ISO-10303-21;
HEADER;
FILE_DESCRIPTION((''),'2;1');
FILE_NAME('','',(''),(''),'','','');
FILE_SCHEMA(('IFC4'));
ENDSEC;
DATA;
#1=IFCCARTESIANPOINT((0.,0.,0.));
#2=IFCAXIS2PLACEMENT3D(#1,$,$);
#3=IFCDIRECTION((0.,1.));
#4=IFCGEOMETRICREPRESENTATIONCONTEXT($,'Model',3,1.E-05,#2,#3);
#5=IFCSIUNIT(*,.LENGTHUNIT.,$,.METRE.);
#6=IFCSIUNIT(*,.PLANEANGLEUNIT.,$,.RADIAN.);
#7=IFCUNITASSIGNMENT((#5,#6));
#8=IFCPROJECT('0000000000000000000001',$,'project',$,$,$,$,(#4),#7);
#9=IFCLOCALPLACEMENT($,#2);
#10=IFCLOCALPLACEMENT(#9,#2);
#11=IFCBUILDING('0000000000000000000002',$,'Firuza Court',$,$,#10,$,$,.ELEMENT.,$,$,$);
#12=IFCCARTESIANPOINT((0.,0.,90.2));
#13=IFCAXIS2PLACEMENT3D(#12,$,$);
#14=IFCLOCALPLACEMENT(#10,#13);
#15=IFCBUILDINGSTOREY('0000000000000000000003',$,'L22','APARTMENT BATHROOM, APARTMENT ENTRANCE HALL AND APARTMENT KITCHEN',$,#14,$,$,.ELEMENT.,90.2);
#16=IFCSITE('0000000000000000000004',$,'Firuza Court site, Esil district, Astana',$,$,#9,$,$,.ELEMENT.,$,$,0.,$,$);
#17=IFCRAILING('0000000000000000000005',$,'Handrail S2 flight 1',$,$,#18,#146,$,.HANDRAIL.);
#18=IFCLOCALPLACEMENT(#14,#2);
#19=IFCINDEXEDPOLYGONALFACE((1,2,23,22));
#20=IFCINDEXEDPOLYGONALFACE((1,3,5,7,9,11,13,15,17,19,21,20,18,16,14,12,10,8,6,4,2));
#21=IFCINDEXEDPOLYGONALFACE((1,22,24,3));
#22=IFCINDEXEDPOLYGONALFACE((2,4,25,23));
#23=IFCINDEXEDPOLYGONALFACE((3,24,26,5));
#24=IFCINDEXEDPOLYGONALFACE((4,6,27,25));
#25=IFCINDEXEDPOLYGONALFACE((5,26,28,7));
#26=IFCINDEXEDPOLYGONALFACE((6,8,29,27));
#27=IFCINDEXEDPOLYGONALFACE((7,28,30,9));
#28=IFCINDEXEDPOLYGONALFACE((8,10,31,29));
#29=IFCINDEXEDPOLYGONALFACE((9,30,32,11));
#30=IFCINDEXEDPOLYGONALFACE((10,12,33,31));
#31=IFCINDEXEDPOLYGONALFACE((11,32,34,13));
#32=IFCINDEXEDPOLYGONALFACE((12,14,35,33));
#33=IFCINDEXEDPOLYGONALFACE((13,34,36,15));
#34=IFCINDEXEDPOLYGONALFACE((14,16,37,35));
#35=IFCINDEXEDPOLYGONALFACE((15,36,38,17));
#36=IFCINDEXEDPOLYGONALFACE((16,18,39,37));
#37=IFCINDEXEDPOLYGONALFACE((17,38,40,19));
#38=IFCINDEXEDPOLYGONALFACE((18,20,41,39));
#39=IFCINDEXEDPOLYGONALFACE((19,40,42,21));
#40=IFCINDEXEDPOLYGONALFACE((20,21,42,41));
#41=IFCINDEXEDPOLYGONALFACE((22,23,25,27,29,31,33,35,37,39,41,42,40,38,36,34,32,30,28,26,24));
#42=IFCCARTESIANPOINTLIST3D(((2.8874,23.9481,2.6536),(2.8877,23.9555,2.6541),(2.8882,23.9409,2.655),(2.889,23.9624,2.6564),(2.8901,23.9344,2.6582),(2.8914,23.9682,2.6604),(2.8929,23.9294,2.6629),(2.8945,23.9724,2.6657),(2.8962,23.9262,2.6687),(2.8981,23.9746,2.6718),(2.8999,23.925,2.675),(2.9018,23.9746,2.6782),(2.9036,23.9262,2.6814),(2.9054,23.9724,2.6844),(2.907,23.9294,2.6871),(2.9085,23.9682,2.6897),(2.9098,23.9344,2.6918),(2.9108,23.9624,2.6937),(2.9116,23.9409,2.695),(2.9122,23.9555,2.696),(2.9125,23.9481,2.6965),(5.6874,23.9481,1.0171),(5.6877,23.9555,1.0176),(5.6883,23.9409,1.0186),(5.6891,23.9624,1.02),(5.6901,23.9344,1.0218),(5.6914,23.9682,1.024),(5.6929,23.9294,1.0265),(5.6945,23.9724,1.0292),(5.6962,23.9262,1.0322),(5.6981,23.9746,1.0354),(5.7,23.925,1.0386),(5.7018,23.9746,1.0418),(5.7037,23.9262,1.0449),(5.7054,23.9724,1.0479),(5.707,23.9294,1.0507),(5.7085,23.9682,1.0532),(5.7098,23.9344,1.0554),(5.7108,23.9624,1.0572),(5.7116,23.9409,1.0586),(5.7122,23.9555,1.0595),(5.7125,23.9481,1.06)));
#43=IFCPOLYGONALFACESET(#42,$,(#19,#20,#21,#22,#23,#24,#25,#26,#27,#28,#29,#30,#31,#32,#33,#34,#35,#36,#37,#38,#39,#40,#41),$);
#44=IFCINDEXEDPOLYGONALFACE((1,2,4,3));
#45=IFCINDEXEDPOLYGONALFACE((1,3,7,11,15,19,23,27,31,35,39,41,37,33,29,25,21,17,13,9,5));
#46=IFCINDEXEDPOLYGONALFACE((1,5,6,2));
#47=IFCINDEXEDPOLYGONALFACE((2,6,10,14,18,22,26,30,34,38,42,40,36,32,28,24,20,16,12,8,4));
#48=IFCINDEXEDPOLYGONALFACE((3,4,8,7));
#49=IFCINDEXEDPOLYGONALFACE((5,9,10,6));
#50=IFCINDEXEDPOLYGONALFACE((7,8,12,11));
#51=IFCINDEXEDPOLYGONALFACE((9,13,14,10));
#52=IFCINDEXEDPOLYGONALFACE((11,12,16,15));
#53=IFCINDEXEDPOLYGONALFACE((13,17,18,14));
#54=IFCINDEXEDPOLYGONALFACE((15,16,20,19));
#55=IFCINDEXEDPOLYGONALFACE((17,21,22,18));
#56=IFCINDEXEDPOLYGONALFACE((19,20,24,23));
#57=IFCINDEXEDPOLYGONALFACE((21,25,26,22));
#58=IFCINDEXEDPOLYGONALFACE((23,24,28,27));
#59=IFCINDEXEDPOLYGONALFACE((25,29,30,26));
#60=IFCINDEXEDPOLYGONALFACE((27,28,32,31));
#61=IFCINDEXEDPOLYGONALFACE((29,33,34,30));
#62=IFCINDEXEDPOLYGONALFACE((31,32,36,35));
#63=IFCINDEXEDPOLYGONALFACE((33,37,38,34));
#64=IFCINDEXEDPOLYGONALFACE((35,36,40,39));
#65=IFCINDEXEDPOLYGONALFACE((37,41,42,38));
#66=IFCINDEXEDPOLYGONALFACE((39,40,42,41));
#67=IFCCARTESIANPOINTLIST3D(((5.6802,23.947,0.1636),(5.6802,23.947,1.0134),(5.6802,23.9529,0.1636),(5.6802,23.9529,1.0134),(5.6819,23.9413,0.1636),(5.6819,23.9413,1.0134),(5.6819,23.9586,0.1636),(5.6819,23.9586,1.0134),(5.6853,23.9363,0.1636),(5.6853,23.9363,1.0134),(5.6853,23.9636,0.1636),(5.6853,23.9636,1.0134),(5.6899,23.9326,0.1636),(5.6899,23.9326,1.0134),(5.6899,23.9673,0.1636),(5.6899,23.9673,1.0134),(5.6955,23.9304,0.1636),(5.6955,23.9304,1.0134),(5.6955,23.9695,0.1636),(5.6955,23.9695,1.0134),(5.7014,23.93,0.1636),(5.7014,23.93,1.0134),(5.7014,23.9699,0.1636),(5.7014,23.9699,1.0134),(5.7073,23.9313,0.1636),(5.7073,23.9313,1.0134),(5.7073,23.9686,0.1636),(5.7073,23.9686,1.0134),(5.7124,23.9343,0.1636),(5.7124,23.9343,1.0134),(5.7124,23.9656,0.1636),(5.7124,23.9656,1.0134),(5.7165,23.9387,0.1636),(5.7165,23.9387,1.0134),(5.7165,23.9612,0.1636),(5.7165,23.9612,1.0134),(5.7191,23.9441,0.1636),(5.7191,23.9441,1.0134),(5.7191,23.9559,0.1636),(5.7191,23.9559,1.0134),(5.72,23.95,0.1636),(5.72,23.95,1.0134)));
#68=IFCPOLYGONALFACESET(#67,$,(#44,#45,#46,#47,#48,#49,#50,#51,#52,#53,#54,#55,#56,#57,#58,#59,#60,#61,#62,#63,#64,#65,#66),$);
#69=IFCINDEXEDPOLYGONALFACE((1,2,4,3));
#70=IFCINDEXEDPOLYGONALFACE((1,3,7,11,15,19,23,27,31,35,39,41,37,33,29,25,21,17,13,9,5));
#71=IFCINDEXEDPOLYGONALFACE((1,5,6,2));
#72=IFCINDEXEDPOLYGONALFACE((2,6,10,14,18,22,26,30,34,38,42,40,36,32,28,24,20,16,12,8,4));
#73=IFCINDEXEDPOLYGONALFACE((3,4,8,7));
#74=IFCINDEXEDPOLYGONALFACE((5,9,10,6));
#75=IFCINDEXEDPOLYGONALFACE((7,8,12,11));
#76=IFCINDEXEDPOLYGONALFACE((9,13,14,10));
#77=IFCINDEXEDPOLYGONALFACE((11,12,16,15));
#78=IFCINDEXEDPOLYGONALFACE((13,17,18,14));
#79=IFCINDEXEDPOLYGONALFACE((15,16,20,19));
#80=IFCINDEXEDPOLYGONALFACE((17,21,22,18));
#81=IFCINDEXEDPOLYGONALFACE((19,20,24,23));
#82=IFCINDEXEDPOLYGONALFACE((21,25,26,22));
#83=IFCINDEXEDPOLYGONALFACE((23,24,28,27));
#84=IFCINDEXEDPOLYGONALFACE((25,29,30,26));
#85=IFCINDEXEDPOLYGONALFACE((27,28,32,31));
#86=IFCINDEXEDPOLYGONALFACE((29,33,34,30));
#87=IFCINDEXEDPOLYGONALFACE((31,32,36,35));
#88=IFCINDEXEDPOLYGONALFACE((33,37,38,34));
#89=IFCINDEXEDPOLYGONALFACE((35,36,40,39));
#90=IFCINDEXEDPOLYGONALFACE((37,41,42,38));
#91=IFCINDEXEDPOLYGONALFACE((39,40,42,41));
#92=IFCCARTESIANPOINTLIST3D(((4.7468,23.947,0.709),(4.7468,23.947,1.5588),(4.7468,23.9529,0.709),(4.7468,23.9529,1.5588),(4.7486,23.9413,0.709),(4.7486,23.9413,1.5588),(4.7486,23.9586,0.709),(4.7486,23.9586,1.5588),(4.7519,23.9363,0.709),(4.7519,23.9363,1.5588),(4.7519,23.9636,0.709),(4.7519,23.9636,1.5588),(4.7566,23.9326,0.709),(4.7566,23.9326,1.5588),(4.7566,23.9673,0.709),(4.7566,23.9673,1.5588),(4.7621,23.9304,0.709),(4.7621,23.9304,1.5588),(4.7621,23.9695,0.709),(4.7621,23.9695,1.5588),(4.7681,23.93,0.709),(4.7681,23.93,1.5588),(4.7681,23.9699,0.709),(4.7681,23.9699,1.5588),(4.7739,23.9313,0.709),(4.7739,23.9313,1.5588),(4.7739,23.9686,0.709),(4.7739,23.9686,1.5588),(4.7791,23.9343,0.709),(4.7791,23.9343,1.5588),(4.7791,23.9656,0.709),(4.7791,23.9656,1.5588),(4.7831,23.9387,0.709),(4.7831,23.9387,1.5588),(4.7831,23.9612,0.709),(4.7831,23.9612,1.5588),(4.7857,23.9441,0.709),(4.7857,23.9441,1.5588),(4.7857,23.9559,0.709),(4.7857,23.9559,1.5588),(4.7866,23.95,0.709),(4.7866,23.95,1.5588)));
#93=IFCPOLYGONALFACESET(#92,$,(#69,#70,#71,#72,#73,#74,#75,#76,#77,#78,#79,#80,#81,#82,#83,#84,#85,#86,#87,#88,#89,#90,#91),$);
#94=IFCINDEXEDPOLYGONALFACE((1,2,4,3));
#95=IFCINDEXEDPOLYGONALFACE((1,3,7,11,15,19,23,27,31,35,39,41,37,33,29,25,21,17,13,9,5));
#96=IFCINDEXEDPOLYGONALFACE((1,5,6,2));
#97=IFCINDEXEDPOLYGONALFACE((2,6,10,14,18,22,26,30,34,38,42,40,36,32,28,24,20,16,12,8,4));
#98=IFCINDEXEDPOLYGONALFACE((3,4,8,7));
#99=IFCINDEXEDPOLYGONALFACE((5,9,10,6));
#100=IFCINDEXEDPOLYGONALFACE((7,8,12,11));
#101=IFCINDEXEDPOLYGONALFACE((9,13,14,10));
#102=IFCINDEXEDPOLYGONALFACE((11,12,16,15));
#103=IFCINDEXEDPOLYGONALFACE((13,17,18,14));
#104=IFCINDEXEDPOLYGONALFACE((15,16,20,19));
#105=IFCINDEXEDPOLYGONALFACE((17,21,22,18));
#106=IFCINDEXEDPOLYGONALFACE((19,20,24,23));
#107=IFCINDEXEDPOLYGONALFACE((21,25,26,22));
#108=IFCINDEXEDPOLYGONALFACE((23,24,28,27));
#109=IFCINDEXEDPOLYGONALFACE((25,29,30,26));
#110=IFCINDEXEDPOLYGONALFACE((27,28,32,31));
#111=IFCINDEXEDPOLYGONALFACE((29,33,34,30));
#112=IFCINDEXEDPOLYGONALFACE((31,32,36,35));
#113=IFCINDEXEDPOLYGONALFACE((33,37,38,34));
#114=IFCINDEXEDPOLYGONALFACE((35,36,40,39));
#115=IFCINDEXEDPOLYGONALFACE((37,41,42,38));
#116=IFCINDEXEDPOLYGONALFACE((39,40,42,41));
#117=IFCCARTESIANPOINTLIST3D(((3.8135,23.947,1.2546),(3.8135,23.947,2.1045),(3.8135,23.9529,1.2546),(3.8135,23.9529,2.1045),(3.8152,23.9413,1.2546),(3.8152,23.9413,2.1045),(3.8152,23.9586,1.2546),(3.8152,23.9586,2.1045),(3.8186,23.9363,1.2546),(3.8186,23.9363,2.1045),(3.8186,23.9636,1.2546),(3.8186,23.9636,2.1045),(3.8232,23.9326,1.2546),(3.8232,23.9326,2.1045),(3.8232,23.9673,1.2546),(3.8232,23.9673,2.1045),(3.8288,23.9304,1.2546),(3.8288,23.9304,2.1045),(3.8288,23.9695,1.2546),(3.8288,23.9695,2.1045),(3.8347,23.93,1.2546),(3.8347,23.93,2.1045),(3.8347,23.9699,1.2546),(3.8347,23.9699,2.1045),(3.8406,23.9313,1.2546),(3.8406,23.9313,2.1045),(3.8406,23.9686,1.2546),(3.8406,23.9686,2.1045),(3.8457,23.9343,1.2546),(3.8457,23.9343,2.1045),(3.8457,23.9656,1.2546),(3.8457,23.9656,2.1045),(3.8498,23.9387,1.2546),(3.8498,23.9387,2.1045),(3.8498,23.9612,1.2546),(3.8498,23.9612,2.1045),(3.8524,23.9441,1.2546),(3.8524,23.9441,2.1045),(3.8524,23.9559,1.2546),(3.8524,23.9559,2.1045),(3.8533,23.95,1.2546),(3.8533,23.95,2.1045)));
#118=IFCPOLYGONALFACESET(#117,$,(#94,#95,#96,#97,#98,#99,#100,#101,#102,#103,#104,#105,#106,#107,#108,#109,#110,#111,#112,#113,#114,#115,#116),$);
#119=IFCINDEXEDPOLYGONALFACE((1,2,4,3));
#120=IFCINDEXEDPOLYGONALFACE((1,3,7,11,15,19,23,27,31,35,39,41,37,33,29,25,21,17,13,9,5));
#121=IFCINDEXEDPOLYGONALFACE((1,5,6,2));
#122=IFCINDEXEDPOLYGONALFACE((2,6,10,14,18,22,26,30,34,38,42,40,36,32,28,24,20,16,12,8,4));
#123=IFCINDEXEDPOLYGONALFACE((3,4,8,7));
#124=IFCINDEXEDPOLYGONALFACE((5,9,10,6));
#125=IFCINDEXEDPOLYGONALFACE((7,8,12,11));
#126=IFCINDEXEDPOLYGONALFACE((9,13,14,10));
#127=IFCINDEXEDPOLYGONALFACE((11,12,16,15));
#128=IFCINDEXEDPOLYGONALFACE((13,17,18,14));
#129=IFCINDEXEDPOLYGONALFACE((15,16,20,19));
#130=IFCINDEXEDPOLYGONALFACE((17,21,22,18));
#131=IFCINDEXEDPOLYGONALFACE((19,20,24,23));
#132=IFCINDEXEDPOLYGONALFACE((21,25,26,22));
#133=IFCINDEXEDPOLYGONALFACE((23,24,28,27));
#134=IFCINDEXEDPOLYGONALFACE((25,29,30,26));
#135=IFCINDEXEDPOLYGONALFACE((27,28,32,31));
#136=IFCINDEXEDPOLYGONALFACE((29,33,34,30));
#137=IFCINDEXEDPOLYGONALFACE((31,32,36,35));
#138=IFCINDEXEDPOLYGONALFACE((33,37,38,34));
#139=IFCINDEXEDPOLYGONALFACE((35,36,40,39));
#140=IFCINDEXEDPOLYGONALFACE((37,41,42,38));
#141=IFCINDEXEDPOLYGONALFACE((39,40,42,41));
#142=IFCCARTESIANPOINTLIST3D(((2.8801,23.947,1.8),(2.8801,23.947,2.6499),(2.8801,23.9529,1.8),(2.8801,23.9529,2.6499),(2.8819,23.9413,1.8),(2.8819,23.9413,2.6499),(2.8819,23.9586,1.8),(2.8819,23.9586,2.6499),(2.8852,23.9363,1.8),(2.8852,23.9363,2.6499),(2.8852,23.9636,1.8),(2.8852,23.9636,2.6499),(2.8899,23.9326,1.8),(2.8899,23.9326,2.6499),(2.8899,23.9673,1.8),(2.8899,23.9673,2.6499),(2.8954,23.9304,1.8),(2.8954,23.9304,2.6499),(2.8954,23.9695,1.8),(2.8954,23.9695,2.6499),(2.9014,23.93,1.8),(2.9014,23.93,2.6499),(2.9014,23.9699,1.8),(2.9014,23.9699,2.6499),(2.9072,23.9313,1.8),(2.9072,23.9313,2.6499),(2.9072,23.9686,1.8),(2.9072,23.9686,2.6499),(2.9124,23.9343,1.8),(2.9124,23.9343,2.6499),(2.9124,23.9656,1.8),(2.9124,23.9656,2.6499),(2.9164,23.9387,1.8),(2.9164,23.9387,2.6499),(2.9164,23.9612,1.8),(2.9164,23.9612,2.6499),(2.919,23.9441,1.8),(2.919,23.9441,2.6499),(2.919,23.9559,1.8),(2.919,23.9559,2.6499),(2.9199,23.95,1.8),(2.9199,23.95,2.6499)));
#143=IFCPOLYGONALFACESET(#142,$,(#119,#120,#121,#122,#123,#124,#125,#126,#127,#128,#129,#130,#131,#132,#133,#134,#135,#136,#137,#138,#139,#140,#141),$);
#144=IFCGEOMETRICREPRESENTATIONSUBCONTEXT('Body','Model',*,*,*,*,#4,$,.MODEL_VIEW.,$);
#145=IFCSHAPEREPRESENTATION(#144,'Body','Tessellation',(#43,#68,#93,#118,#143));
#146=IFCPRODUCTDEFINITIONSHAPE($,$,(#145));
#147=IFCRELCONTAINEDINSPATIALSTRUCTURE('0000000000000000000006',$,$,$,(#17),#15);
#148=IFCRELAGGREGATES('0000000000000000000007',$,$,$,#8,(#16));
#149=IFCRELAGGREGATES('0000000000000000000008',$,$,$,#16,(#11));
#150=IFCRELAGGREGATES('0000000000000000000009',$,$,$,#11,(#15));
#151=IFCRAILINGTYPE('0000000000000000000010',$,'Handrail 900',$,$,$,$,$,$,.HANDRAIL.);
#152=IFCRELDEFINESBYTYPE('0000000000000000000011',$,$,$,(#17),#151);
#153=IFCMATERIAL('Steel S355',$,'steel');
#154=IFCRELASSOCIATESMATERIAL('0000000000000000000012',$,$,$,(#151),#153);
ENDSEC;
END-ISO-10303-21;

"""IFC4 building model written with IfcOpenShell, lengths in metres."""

from ifc_helpers import new_model, si_unit, direction, frame, origin, origin_2d, place, context, subcontext, project, spatial, circle, extrude, material, type_object, element, save


model = new_model("IFC4")

# Units and contexts
model_context = context("Model", 3, precision=1e-05, world=origin(), true_north=direction((0.0, 1.0)))
body_context = subcontext(model_context, "Body", "Model", "MODEL_VIEW")
ifc_project = project(units=[si_unit("LENGTHUNIT", "METRE"), si_unit("PLANEANGLEUNIT", "RADIAN")], contexts=[model_context])

# Site, building, storey
site_placement = place(None, origin())
site = spatial("IfcSite", under=ifc_project, at=site_placement, Name="Firuza Court site, Esil district, Astana", CompositionType="ELEMENT", RefElevation=0.0)
building_placement = place(site_placement, origin())
building = spatial("IfcBuilding", under=site, at=building_placement, Name="Firuza Court", CompositionType="ELEMENT")
storey_placement = place(building_placement, frame((0.0, 0.0, 90.2)))
storey = spatial("IfcBuildingStorey", under=building, at=storey_placement, Name="L22", Description="APARTMENT BATHROOM, APARTMENT ENTRANCE HALL AND APARTMENT KITCHEN", CompositionType="ELEMENT", Elevation=90.2)

# Railing
ifc_material_1 = material(Name="Steel S355", Category="steel")
railing_type_1 = type_object("IfcRailingType", Name="Handrail 900", PredefinedType="HANDRAIL", material=ifc_material_1)
railing_1_placement = place(storey_placement, frame((5.7, 23.95, 0.1636)))
element("IfcRailing", 1, at=railing_1_placement, inside=storey, type_object=railing_type_1, Name="Handrail S2 flight 1", PredefinedType="HANDRAIL", context=body_context, shape_type="SweptSolid", body=[
    extrude(circle(Radius=0.0249, at=origin_2d()), frame((0.0, 0.0, 0.875), z_axis=(-0.863361, 0.0, 0.504587), x_axis=(0.0, -1.0, 0.0)), (0.0, 0.0, 1.0), 3.2432),
    extrude(circle(Radius=0.02, at=origin_2d()), origin(), (0.0, 0.0, 1.0), 0.8499),
    extrude(circle(Radius=0.02, at=origin_2d()), frame((-0.9333, 0.0, 0.5454)), (0.0, 0.0, 1.0), 0.8499),
    extrude(circle(Radius=0.02, at=origin_2d()), frame((-1.8667, 0.0, 1.0911)), (0.0, 0.0, 1.0), 0.8499),
    extrude(circle(Radius=0.02, at=origin_2d()), frame((-2.8, 0.0, 1.6365)), (0.0, 0.0, 1.0), 0.8499),
])

save(model, "model.ifc")
